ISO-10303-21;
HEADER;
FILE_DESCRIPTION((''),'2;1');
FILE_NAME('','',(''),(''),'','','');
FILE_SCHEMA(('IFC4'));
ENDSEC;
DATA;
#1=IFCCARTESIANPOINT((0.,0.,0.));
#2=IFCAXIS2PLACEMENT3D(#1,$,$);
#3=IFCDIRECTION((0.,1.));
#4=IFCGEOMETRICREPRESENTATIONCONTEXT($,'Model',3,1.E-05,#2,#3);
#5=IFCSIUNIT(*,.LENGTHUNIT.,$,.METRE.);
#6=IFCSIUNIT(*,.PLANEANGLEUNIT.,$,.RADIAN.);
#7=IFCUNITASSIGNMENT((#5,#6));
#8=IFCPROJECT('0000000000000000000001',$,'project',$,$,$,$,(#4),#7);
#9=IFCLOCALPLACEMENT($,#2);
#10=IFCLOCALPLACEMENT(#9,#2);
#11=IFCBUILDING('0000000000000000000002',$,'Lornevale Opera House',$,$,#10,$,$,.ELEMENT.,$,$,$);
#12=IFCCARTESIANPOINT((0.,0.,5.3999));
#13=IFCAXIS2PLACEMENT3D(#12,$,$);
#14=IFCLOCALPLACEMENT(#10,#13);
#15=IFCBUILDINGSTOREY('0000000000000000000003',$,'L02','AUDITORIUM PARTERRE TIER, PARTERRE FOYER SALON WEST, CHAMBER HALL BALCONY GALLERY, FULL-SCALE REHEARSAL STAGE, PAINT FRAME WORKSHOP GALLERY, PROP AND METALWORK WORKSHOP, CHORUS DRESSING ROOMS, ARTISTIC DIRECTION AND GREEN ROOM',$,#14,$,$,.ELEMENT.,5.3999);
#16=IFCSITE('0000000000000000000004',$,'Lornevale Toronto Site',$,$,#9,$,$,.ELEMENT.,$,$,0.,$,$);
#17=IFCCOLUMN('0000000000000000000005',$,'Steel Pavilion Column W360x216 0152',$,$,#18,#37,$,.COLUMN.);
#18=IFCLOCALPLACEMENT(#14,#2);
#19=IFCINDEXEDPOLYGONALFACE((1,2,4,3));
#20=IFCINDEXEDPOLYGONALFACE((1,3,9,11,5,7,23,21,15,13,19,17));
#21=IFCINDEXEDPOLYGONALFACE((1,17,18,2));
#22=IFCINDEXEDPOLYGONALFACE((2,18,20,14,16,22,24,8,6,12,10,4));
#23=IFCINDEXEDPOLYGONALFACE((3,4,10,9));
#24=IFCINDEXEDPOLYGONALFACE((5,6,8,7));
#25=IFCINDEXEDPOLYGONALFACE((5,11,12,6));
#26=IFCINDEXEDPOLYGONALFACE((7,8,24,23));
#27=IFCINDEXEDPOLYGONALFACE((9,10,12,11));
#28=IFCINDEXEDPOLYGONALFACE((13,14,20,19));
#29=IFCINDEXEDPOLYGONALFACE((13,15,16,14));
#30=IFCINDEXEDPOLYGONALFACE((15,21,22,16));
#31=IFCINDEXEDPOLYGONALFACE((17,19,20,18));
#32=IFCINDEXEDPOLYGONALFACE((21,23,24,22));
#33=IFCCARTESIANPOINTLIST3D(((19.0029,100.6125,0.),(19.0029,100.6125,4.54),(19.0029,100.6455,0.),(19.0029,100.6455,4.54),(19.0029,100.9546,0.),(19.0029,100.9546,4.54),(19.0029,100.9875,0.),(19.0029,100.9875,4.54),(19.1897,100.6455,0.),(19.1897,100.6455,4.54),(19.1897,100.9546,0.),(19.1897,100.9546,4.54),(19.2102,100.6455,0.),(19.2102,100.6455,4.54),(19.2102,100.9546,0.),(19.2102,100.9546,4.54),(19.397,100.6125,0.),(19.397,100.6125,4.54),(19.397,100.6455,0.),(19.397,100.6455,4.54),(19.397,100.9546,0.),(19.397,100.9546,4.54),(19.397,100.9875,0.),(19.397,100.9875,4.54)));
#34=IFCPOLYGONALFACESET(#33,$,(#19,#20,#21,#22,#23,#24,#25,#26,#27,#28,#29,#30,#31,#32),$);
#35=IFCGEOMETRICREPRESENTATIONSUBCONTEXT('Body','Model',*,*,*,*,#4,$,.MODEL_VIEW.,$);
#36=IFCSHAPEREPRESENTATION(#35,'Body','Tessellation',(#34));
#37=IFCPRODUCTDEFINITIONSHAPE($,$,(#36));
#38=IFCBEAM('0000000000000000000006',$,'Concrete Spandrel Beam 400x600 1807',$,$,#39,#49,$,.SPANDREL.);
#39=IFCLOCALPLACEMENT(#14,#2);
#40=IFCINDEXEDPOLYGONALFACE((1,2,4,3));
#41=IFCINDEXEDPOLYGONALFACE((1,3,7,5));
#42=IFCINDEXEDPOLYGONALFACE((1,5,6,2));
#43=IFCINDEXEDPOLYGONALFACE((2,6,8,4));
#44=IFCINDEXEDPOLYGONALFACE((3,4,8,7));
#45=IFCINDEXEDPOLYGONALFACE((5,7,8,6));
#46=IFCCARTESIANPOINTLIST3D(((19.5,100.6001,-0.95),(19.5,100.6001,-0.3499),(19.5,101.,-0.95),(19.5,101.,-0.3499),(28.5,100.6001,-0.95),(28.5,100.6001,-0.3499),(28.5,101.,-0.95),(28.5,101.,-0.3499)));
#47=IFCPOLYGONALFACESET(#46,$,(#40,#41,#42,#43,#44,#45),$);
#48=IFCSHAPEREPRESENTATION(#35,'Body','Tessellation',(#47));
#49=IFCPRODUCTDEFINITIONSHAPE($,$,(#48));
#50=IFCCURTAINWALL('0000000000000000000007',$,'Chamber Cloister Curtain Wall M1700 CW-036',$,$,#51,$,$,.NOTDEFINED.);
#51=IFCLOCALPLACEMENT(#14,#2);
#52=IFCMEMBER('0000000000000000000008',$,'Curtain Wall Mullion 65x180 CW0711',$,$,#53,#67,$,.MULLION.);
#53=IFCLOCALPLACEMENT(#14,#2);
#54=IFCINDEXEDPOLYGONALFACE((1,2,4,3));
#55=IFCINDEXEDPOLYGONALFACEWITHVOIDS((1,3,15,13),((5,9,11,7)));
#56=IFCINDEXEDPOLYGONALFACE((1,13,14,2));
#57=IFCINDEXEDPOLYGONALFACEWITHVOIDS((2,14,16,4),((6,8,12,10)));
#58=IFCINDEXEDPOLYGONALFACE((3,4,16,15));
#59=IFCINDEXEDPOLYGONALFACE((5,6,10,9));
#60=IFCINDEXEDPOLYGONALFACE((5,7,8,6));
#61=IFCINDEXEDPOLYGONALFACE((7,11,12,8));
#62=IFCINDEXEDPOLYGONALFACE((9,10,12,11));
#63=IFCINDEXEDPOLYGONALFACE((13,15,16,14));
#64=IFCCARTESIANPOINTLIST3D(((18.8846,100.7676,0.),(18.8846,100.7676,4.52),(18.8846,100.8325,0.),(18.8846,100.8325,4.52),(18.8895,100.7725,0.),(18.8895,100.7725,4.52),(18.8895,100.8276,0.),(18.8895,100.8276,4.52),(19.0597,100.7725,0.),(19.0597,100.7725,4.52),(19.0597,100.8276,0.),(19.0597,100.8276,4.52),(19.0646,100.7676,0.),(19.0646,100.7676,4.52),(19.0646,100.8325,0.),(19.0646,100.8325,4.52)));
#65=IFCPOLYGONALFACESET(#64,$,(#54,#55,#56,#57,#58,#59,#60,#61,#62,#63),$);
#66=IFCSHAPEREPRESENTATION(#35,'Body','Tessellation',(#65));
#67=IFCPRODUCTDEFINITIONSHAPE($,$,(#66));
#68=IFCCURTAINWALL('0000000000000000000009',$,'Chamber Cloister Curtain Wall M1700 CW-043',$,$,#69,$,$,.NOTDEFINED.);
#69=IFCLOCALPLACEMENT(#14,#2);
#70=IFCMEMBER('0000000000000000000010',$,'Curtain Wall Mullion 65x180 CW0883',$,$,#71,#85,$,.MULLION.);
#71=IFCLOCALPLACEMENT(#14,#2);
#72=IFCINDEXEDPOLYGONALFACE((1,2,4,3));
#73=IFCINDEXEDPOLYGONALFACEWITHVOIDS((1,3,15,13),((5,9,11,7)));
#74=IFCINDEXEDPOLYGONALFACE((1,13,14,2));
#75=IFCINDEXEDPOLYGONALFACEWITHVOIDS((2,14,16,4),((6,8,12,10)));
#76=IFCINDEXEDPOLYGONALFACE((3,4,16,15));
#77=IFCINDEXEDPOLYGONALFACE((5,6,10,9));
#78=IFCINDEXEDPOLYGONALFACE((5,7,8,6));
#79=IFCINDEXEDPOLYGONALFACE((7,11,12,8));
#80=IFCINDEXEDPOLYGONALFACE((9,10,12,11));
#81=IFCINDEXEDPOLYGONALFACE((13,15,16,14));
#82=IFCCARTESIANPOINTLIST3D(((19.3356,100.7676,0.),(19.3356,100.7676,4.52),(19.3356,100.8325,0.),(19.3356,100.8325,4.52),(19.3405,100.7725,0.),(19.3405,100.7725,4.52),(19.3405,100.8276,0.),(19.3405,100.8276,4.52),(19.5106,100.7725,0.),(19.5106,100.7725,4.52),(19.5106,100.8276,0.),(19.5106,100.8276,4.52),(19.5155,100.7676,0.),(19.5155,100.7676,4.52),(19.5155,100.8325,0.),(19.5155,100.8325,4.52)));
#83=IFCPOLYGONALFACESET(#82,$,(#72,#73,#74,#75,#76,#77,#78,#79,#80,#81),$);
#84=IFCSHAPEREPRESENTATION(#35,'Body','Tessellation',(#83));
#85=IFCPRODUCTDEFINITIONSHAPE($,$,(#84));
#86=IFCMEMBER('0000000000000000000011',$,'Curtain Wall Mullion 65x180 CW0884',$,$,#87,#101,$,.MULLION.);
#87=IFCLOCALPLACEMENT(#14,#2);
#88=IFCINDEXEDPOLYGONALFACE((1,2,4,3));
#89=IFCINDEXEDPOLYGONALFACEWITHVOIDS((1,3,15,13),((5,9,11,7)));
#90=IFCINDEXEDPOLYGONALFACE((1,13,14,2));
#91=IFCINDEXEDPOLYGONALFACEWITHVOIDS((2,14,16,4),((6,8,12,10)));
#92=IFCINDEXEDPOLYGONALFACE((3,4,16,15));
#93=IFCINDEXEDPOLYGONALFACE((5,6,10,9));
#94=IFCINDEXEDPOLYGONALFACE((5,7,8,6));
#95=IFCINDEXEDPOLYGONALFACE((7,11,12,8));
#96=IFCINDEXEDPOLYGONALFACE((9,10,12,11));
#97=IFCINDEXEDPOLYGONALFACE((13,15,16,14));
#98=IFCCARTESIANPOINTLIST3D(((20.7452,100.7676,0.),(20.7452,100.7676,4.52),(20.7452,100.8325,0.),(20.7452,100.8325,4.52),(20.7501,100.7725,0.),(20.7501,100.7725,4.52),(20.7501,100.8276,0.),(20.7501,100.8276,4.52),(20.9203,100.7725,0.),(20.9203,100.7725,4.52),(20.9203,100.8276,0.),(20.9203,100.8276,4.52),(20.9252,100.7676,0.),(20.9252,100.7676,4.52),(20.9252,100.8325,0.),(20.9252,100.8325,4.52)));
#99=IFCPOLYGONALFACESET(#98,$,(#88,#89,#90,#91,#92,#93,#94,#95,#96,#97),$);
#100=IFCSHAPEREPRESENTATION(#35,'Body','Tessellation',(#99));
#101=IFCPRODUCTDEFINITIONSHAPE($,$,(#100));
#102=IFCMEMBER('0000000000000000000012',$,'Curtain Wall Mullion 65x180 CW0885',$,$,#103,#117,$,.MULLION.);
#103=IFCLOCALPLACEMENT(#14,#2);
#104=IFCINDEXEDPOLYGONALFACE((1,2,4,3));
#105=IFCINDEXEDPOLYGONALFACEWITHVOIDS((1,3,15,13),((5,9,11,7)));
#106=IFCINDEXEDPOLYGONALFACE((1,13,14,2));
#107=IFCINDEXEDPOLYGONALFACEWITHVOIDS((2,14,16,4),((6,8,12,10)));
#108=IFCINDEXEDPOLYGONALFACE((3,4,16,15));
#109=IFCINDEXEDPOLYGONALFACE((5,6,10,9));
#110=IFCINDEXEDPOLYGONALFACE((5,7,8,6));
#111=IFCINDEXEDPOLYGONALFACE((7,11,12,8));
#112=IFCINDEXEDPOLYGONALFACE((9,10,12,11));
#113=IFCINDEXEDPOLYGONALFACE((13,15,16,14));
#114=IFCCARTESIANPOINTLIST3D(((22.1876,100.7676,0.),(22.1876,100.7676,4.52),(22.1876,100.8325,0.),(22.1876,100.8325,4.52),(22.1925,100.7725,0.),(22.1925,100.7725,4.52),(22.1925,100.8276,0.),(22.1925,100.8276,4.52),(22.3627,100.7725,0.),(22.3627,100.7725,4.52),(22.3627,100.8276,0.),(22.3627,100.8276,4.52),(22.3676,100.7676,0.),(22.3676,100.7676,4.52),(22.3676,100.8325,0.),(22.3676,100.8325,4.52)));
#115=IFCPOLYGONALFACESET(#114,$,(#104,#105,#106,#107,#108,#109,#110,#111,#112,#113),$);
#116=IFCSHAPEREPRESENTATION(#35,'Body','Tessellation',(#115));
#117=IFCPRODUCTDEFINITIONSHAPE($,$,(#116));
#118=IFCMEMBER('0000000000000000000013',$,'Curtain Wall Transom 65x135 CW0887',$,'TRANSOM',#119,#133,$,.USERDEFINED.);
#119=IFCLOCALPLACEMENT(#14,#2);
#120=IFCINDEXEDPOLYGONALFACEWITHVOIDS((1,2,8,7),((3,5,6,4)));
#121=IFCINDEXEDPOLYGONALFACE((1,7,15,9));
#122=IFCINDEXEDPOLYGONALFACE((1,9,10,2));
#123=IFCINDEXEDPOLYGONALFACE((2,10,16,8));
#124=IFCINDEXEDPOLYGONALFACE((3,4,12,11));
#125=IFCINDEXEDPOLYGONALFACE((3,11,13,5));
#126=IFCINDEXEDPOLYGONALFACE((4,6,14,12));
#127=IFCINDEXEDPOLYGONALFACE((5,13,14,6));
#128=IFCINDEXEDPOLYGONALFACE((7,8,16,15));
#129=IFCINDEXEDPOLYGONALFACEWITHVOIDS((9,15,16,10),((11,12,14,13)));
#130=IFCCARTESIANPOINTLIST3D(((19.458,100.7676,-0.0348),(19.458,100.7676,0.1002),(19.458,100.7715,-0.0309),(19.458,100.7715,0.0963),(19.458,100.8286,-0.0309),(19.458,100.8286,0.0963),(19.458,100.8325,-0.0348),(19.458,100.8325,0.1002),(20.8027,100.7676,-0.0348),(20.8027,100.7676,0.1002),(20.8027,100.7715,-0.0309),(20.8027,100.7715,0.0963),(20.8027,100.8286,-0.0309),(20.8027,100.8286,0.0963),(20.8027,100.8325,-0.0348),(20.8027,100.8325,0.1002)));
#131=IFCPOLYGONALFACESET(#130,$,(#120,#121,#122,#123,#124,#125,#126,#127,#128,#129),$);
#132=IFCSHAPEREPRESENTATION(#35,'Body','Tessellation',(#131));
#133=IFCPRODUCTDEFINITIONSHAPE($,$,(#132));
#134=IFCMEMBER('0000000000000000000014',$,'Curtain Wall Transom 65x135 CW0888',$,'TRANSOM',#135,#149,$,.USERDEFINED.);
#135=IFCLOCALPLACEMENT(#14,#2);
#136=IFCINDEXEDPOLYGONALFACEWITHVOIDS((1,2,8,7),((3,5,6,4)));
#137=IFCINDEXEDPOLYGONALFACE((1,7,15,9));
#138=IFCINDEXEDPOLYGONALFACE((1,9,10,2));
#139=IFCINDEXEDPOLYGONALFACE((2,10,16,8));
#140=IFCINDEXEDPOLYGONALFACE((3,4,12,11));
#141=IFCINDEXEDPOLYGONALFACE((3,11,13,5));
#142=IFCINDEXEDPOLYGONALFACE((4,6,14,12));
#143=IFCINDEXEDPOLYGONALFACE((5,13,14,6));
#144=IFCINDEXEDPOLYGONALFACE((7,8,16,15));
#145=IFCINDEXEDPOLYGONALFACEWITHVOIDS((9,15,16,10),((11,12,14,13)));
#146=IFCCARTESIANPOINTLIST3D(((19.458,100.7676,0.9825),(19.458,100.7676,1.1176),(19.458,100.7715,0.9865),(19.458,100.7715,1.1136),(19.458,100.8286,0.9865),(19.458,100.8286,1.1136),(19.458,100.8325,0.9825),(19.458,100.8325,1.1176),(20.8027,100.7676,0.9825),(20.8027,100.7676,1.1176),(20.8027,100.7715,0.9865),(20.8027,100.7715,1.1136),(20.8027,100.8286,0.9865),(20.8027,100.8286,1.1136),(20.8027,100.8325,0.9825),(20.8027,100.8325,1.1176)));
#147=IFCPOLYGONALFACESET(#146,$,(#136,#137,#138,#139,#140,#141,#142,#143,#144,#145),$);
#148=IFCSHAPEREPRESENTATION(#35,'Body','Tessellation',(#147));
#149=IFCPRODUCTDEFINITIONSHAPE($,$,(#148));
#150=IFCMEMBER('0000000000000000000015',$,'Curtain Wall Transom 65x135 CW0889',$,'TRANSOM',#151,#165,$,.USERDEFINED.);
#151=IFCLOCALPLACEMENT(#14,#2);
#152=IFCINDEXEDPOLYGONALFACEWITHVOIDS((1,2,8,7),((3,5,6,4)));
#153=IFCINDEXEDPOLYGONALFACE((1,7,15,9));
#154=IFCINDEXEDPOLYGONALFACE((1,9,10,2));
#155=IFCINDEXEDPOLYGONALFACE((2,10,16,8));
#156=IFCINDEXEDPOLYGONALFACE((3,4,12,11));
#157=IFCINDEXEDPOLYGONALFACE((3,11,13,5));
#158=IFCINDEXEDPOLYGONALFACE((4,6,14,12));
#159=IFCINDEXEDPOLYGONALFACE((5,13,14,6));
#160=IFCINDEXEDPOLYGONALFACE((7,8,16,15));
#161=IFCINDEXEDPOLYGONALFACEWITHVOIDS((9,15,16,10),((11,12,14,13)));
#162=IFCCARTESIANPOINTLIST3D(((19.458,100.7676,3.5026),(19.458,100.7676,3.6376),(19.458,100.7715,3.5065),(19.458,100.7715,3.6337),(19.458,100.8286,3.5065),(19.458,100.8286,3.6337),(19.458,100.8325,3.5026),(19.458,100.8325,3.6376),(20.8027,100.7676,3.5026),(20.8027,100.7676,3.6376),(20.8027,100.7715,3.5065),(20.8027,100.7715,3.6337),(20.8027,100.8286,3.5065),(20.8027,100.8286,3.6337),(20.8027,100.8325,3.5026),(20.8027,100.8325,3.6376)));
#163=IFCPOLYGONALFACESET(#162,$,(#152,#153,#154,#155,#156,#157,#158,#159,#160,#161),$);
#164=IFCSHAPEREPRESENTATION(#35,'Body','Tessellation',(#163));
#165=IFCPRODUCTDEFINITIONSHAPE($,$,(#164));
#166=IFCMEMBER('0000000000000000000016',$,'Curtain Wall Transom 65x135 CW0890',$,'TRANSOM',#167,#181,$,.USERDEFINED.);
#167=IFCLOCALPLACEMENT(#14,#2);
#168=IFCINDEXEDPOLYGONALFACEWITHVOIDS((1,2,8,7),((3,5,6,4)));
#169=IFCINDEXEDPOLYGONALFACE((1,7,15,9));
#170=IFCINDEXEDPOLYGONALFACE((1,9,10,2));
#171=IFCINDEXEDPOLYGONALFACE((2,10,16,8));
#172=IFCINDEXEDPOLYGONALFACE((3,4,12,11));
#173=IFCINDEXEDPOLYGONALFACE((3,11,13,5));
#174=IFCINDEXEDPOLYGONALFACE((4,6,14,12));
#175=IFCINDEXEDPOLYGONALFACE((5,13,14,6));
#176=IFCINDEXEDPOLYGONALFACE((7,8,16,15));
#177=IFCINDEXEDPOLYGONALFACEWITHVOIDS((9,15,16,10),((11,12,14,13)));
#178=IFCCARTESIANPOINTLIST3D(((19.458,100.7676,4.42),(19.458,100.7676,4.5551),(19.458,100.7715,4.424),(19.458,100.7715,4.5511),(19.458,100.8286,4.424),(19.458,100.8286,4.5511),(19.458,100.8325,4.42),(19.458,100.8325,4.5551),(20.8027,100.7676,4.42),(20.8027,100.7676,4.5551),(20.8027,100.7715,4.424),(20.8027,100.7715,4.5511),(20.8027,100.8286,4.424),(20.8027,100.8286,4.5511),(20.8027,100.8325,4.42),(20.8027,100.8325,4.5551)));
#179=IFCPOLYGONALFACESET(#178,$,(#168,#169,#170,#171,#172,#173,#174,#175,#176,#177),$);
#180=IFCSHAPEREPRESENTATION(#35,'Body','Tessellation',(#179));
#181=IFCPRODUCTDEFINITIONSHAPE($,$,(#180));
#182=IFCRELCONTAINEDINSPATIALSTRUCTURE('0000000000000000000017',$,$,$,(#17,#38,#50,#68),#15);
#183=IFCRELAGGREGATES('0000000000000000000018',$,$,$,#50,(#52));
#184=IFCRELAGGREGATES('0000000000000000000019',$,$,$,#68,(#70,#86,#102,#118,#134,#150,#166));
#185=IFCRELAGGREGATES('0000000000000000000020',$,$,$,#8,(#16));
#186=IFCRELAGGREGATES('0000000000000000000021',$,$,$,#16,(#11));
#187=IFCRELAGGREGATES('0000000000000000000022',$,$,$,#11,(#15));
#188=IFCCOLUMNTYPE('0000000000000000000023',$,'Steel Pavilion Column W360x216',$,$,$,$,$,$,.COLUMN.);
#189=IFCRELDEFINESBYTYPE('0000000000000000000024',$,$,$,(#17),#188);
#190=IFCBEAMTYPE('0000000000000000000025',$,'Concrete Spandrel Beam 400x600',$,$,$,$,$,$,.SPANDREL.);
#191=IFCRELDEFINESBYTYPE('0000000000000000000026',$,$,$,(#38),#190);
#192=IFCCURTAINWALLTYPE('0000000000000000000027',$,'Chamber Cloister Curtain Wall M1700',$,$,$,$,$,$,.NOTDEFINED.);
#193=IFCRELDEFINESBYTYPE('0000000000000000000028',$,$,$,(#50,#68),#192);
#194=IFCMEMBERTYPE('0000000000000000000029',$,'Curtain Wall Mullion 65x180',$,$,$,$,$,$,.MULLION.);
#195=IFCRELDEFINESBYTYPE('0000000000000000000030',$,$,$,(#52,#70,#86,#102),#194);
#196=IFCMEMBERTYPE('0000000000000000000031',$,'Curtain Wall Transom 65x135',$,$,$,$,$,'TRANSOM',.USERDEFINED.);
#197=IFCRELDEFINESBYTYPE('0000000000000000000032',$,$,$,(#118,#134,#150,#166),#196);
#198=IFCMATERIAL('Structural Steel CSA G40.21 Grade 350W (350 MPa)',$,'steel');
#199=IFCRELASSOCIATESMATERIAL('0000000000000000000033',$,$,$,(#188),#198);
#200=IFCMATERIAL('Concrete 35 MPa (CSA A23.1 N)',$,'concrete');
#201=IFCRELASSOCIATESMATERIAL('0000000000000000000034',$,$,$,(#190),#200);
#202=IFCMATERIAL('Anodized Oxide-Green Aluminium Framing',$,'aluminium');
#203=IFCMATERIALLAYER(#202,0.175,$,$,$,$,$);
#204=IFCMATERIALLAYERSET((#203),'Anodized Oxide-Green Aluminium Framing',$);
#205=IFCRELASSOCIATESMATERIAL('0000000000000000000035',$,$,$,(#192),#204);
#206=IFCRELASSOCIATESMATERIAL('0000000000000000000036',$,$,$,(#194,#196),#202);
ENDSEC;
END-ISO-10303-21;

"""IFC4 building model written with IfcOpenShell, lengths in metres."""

from ifc_helpers import new_model, si_unit, direction, frame, origin, origin_2d, place, context, subcontext, project, spatial, rectangle, hollow_rectangle, i_section, extrude, material, layer, layer_set, material_profile, profile_set, type_object, element, aggregate, save


model = new_model("IFC4")

# Units and contexts
model_context = context("Model", 3, precision=1e-05, world=origin(), true_north=direction((0.0, 1.0)))
body_context = subcontext(model_context, "Body", "Model", "MODEL_VIEW")
ifc_project = project(units=[si_unit("LENGTHUNIT", "METRE"), si_unit("PLANEANGLEUNIT", "RADIAN")], contexts=[model_context])

# Site, building, storey
site_placement = place(None, origin())
site = spatial("IfcSite", under=ifc_project, at=site_placement, Name="Lornevale Toronto Site", CompositionType="ELEMENT", RefElevation=0.0)
building_placement = place(site_placement, origin())
building = spatial("IfcBuilding", under=site, at=building_placement, Name="Lornevale Opera House", CompositionType="ELEMENT")
storey_placement = place(building_placement, frame((0.0, 0.0, 5.3999)))
storey = spatial("IfcBuildingStorey", under=building, at=storey_placement, Name="L02", Description="AUDITORIUM PARTERRE TIER, PARTERRE FOYER SALON WEST, CHAMBER HALL BALCONY GALLERY, FULL-SCALE REHEARSAL STAGE, PAINT FRAME WORKSHOP GALLERY, PROP AND METALWORK WORKSHOP, CHORUS DRESSING ROOMS, ARTISTIC DIRECTION AND GREEN ROOM", CompositionType="ELEMENT", Elevation=5.3999)

# Column
ifc_material_1 = material(Name="Structural Steel CSA G40.21 Grade 350W (350 MPa)", Category="steel")
ifc_material_profile_1 = material_profile(ifc_material_1, i_section(OverallWidth=0.394, OverallDepth=0.375, WebThickness=0.0205, FlangeThickness=0.033, at=origin_2d()), Name="W360x216")
ifc_profile_set_1 = profile_set([ifc_material_profile_1], Name="Structural Steel CSA G40.21 Grade 350W (350 MPa)")
column_type = type_object("IfcColumnType", Name="Steel Pavilion Column W360x216", PredefinedType="COLUMN", material=ifc_profile_set_1)
column_placement = place(storey_placement, frame((19.2, 100.8, 0.0), z_axis=(0.0, 0.0, 1.0), x_axis=(1.0, 0.0, 0.0)))
element("IfcColumn", 1, at=column_placement, inside=storey, type_object=column_type, Name="Steel Pavilion Column W360x216 0152", PredefinedType="COLUMN", context=body_context, shape_type="SweptSolid", body=[
    extrude(i_section(OverallWidth=0.394, OverallDepth=0.375, WebThickness=0.0205, FlangeThickness=0.033, at=origin_2d()), origin(), (0.0, 0.0, 1.0), 4.54),
])

# Beam
ifc_material_2 = material(Name="Concrete 35 MPa (CSA A23.1 N)", Category="concrete")
ifc_material_profile_2 = material_profile(ifc_material_2, rectangle(XDim=0.3999, YDim=0.6001, at=origin_2d()), Name="RC400x600")
ifc_profile_set_2 = profile_set([ifc_material_profile_2], Name="Concrete 35 MPa (CSA A23.1 N)")
beam_type = type_object("IfcBeamType", Name="Concrete Spandrel Beam 400x600", PredefinedType="SPANDREL", material=ifc_profile_set_2)
beam_placement = place(storey_placement, frame((19.5, 100.8, -0.6499), z_axis=(1.0, 0.0, 0.0), x_axis=(0.0, 1.0, 0.0)))
element("IfcBeam", 2, at=beam_placement, inside=storey, type_object=beam_type, Name="Concrete Spandrel Beam 400x600 1807", PredefinedType="SPANDREL", context=body_context, shape_type="SweptSolid", body=[
    extrude(rectangle(XDim=0.3999, YDim=0.6001, at=origin_2d()), origin(), (0.0, 0.0, 1.0), 9.0),
])

# Curtain wall, member
ifc_material_3 = material(Name="Anodized Oxide-Green Aluminium Framing", Category="aluminium")
ifc_layer_1 = layer(ifc_material_3, 0.175)
ifc_layer_set_1 = layer_set([ifc_layer_1], Name="Anodized Oxide-Green Aluminium Framing")
curtain_wall_type = type_object("IfcCurtainWallType", Name="Chamber Cloister Curtain Wall M1700", PredefinedType="NOTDEFINED", material=ifc_layer_set_1)
curtain_wall_1_placement = place(storey_placement, origin())
curtain_wall_1 = element("IfcCurtainWall", 3, at=curtain_wall_1_placement, inside=storey, type_object=curtain_wall_type, Name="Chamber Cloister Curtain Wall M1700 CW-036", PredefinedType="NOTDEFINED")
ifc_material_profile_3 = material_profile(ifc_material_3, hollow_rectangle(XDim=0.0649, YDim=0.1799, WallThickness=0.0049, at=origin_2d()), Name="ALU65x180x5")
ifc_profile_set_3 = profile_set([ifc_material_profile_3], Name="Anodized Oxide-Green Aluminium Framing")
member_type_1 = type_object("IfcMemberType", Name="Curtain Wall Mullion 65x180", PredefinedType="MULLION", material=ifc_profile_set_3)
member_1_placement = place(storey_placement, frame((18.9746, 100.8, 0.0), z_axis=(0.0, 0.0, 1.0), x_axis=(0.0, 1.0, 0.0)))
member_1 = element("IfcMember", 4, at=member_1_placement, type_object=member_type_1, Name="Curtain Wall Mullion 65x180 CW0711", PredefinedType="MULLION", context=body_context, shape_type="SweptSolid", body=[
    extrude(hollow_rectangle(XDim=0.0649, YDim=0.1799, WallThickness=0.0049, at=origin_2d()), origin(), (0.0, 0.0, 1.0), 4.52),
])

# Curtain wall, members
curtain_wall_2_placement = place(storey_placement, origin())
curtain_wall_2 = element("IfcCurtainWall", 5, at=curtain_wall_2_placement, inside=storey, type_object=curtain_wall_type, Name="Chamber Cloister Curtain Wall M1700 CW-043", PredefinedType="NOTDEFINED")
member_2_placement = place(storey_placement, frame((19.4255, 100.8, 0.0), z_axis=(0.0, 0.0, 1.0), x_axis=(0.0, 1.0, 0.0)))
member_2 = element("IfcMember", 6, at=member_2_placement, type_object=member_type_1, Name="Curtain Wall Mullion 65x180 CW0883", PredefinedType="MULLION", context=body_context, shape_type="SweptSolid", body=[
    extrude(hollow_rectangle(XDim=0.0649, YDim=0.1799, WallThickness=0.0049, at=origin_2d()), origin(), (0.0, 0.0, 1.0), 4.52),
])
member_3_placement = place(storey_placement, frame((20.8352, 100.8, 0.0), z_axis=(0.0, 0.0, 1.0), x_axis=(0.0, 1.0, 0.0)))
member_3 = element("IfcMember", 7, at=member_3_placement, type_object=member_type_1, Name="Curtain Wall Mullion 65x180 CW0884", PredefinedType="MULLION", context=body_context, shape_type="SweptSolid", body=[
    extrude(hollow_rectangle(XDim=0.0649, YDim=0.1799, WallThickness=0.0049, at=origin_2d()), origin(), (0.0, 0.0, 1.0), 4.52),
])
member_4_placement = place(storey_placement, frame((22.2776, 100.8, 0.0), z_axis=(0.0, 0.0, 1.0), x_axis=(0.0, 1.0, 0.0)))
member_4 = element("IfcMember", 8, at=member_4_placement, type_object=member_type_1, Name="Curtain Wall Mullion 65x180 CW0885", PredefinedType="MULLION", context=body_context, shape_type="SweptSolid", body=[
    extrude(hollow_rectangle(XDim=0.0649, YDim=0.1799, WallThickness=0.0049, at=origin_2d()), origin(), (0.0, 0.0, 1.0), 4.52),
])
ifc_material_profile_4 = material_profile(ifc_material_3, hollow_rectangle(XDim=0.0649, YDim=0.135, WallThickness=0.0039, at=origin_2d()), Name="ALU65x135x4")
ifc_profile_set_4 = profile_set([ifc_material_profile_4], Name="Anodized Oxide-Green Aluminium Framing")
member_type_2 = type_object("IfcMemberType", Name="Curtain Wall Transom 65x135", ElementType="TRANSOM", PredefinedType="USERDEFINED", material=ifc_profile_set_4)
member_5_placement = place(storey_placement, frame((19.458, 100.8, 0.0327), z_axis=(1.0, 0.0, 0.0), x_axis=(0.0, 1.0, 0.0)))
member_5 = element("IfcMember", 9, at=member_5_placement, type_object=member_type_2, Name="Curtain Wall Transom 65x135 CW0887", ObjectType="TRANSOM", PredefinedType="USERDEFINED", context=body_context, shape_type="SweptSolid", body=[
    extrude(hollow_rectangle(XDim=0.0649, YDim=0.135, WallThickness=0.0039, at=origin_2d()), origin(), (0.0, 0.0, 1.0), 1.3447),
])
member_6_placement = place(storey_placement, frame((19.458, 100.8, 1.05), z_axis=(1.0, 0.0, 0.0), x_axis=(0.0, 1.0, 0.0)))
member_6 = element("IfcMember", 10, at=member_6_placement, type_object=member_type_2, Name="Curtain Wall Transom 65x135 CW0888", ObjectType="TRANSOM", PredefinedType="USERDEFINED", context=body_context, shape_type="SweptSolid", body=[
    extrude(hollow_rectangle(XDim=0.0649, YDim=0.135, WallThickness=0.0039, at=origin_2d()), origin(), (0.0, 0.0, 1.0), 1.3447),
])
member_7_placement = place(storey_placement, frame((19.458, 100.8, 3.5701), z_axis=(1.0, 0.0, 0.0), x_axis=(0.0, 1.0, 0.0)))
member_7 = element("IfcMember", 11, at=member_7_placement, type_object=member_type_2, Name="Curtain Wall Transom 65x135 CW0889", ObjectType="TRANSOM", PredefinedType="USERDEFINED", context=body_context, shape_type="SweptSolid", body=[
    extrude(hollow_rectangle(XDim=0.0649, YDim=0.135, WallThickness=0.0039, at=origin_2d()), origin(), (0.0, 0.0, 1.0), 1.3447),
])
member_8_placement = place(storey_placement, frame((19.458, 100.8, 4.4875), z_axis=(1.0, 0.0, 0.0), x_axis=(0.0, 1.0, 0.0)))
member_8 = element("IfcMember", 12, at=member_8_placement, type_object=member_type_2, Name="Curtain Wall Transom 65x135 CW0890", ObjectType="TRANSOM", PredefinedType="USERDEFINED", context=body_context, shape_type="SweptSolid", body=[
    extrude(hollow_rectangle(XDim=0.0649, YDim=0.135, WallThickness=0.0039, at=origin_2d()), origin(), (0.0, 0.0, 1.0), 1.3447),
])

aggregate(curtain_wall_1, [member_1])
aggregate(curtain_wall_2, [member_2, member_3, member_4, member_5, member_6, member_7, member_8])

save(model, "model.ifc")
